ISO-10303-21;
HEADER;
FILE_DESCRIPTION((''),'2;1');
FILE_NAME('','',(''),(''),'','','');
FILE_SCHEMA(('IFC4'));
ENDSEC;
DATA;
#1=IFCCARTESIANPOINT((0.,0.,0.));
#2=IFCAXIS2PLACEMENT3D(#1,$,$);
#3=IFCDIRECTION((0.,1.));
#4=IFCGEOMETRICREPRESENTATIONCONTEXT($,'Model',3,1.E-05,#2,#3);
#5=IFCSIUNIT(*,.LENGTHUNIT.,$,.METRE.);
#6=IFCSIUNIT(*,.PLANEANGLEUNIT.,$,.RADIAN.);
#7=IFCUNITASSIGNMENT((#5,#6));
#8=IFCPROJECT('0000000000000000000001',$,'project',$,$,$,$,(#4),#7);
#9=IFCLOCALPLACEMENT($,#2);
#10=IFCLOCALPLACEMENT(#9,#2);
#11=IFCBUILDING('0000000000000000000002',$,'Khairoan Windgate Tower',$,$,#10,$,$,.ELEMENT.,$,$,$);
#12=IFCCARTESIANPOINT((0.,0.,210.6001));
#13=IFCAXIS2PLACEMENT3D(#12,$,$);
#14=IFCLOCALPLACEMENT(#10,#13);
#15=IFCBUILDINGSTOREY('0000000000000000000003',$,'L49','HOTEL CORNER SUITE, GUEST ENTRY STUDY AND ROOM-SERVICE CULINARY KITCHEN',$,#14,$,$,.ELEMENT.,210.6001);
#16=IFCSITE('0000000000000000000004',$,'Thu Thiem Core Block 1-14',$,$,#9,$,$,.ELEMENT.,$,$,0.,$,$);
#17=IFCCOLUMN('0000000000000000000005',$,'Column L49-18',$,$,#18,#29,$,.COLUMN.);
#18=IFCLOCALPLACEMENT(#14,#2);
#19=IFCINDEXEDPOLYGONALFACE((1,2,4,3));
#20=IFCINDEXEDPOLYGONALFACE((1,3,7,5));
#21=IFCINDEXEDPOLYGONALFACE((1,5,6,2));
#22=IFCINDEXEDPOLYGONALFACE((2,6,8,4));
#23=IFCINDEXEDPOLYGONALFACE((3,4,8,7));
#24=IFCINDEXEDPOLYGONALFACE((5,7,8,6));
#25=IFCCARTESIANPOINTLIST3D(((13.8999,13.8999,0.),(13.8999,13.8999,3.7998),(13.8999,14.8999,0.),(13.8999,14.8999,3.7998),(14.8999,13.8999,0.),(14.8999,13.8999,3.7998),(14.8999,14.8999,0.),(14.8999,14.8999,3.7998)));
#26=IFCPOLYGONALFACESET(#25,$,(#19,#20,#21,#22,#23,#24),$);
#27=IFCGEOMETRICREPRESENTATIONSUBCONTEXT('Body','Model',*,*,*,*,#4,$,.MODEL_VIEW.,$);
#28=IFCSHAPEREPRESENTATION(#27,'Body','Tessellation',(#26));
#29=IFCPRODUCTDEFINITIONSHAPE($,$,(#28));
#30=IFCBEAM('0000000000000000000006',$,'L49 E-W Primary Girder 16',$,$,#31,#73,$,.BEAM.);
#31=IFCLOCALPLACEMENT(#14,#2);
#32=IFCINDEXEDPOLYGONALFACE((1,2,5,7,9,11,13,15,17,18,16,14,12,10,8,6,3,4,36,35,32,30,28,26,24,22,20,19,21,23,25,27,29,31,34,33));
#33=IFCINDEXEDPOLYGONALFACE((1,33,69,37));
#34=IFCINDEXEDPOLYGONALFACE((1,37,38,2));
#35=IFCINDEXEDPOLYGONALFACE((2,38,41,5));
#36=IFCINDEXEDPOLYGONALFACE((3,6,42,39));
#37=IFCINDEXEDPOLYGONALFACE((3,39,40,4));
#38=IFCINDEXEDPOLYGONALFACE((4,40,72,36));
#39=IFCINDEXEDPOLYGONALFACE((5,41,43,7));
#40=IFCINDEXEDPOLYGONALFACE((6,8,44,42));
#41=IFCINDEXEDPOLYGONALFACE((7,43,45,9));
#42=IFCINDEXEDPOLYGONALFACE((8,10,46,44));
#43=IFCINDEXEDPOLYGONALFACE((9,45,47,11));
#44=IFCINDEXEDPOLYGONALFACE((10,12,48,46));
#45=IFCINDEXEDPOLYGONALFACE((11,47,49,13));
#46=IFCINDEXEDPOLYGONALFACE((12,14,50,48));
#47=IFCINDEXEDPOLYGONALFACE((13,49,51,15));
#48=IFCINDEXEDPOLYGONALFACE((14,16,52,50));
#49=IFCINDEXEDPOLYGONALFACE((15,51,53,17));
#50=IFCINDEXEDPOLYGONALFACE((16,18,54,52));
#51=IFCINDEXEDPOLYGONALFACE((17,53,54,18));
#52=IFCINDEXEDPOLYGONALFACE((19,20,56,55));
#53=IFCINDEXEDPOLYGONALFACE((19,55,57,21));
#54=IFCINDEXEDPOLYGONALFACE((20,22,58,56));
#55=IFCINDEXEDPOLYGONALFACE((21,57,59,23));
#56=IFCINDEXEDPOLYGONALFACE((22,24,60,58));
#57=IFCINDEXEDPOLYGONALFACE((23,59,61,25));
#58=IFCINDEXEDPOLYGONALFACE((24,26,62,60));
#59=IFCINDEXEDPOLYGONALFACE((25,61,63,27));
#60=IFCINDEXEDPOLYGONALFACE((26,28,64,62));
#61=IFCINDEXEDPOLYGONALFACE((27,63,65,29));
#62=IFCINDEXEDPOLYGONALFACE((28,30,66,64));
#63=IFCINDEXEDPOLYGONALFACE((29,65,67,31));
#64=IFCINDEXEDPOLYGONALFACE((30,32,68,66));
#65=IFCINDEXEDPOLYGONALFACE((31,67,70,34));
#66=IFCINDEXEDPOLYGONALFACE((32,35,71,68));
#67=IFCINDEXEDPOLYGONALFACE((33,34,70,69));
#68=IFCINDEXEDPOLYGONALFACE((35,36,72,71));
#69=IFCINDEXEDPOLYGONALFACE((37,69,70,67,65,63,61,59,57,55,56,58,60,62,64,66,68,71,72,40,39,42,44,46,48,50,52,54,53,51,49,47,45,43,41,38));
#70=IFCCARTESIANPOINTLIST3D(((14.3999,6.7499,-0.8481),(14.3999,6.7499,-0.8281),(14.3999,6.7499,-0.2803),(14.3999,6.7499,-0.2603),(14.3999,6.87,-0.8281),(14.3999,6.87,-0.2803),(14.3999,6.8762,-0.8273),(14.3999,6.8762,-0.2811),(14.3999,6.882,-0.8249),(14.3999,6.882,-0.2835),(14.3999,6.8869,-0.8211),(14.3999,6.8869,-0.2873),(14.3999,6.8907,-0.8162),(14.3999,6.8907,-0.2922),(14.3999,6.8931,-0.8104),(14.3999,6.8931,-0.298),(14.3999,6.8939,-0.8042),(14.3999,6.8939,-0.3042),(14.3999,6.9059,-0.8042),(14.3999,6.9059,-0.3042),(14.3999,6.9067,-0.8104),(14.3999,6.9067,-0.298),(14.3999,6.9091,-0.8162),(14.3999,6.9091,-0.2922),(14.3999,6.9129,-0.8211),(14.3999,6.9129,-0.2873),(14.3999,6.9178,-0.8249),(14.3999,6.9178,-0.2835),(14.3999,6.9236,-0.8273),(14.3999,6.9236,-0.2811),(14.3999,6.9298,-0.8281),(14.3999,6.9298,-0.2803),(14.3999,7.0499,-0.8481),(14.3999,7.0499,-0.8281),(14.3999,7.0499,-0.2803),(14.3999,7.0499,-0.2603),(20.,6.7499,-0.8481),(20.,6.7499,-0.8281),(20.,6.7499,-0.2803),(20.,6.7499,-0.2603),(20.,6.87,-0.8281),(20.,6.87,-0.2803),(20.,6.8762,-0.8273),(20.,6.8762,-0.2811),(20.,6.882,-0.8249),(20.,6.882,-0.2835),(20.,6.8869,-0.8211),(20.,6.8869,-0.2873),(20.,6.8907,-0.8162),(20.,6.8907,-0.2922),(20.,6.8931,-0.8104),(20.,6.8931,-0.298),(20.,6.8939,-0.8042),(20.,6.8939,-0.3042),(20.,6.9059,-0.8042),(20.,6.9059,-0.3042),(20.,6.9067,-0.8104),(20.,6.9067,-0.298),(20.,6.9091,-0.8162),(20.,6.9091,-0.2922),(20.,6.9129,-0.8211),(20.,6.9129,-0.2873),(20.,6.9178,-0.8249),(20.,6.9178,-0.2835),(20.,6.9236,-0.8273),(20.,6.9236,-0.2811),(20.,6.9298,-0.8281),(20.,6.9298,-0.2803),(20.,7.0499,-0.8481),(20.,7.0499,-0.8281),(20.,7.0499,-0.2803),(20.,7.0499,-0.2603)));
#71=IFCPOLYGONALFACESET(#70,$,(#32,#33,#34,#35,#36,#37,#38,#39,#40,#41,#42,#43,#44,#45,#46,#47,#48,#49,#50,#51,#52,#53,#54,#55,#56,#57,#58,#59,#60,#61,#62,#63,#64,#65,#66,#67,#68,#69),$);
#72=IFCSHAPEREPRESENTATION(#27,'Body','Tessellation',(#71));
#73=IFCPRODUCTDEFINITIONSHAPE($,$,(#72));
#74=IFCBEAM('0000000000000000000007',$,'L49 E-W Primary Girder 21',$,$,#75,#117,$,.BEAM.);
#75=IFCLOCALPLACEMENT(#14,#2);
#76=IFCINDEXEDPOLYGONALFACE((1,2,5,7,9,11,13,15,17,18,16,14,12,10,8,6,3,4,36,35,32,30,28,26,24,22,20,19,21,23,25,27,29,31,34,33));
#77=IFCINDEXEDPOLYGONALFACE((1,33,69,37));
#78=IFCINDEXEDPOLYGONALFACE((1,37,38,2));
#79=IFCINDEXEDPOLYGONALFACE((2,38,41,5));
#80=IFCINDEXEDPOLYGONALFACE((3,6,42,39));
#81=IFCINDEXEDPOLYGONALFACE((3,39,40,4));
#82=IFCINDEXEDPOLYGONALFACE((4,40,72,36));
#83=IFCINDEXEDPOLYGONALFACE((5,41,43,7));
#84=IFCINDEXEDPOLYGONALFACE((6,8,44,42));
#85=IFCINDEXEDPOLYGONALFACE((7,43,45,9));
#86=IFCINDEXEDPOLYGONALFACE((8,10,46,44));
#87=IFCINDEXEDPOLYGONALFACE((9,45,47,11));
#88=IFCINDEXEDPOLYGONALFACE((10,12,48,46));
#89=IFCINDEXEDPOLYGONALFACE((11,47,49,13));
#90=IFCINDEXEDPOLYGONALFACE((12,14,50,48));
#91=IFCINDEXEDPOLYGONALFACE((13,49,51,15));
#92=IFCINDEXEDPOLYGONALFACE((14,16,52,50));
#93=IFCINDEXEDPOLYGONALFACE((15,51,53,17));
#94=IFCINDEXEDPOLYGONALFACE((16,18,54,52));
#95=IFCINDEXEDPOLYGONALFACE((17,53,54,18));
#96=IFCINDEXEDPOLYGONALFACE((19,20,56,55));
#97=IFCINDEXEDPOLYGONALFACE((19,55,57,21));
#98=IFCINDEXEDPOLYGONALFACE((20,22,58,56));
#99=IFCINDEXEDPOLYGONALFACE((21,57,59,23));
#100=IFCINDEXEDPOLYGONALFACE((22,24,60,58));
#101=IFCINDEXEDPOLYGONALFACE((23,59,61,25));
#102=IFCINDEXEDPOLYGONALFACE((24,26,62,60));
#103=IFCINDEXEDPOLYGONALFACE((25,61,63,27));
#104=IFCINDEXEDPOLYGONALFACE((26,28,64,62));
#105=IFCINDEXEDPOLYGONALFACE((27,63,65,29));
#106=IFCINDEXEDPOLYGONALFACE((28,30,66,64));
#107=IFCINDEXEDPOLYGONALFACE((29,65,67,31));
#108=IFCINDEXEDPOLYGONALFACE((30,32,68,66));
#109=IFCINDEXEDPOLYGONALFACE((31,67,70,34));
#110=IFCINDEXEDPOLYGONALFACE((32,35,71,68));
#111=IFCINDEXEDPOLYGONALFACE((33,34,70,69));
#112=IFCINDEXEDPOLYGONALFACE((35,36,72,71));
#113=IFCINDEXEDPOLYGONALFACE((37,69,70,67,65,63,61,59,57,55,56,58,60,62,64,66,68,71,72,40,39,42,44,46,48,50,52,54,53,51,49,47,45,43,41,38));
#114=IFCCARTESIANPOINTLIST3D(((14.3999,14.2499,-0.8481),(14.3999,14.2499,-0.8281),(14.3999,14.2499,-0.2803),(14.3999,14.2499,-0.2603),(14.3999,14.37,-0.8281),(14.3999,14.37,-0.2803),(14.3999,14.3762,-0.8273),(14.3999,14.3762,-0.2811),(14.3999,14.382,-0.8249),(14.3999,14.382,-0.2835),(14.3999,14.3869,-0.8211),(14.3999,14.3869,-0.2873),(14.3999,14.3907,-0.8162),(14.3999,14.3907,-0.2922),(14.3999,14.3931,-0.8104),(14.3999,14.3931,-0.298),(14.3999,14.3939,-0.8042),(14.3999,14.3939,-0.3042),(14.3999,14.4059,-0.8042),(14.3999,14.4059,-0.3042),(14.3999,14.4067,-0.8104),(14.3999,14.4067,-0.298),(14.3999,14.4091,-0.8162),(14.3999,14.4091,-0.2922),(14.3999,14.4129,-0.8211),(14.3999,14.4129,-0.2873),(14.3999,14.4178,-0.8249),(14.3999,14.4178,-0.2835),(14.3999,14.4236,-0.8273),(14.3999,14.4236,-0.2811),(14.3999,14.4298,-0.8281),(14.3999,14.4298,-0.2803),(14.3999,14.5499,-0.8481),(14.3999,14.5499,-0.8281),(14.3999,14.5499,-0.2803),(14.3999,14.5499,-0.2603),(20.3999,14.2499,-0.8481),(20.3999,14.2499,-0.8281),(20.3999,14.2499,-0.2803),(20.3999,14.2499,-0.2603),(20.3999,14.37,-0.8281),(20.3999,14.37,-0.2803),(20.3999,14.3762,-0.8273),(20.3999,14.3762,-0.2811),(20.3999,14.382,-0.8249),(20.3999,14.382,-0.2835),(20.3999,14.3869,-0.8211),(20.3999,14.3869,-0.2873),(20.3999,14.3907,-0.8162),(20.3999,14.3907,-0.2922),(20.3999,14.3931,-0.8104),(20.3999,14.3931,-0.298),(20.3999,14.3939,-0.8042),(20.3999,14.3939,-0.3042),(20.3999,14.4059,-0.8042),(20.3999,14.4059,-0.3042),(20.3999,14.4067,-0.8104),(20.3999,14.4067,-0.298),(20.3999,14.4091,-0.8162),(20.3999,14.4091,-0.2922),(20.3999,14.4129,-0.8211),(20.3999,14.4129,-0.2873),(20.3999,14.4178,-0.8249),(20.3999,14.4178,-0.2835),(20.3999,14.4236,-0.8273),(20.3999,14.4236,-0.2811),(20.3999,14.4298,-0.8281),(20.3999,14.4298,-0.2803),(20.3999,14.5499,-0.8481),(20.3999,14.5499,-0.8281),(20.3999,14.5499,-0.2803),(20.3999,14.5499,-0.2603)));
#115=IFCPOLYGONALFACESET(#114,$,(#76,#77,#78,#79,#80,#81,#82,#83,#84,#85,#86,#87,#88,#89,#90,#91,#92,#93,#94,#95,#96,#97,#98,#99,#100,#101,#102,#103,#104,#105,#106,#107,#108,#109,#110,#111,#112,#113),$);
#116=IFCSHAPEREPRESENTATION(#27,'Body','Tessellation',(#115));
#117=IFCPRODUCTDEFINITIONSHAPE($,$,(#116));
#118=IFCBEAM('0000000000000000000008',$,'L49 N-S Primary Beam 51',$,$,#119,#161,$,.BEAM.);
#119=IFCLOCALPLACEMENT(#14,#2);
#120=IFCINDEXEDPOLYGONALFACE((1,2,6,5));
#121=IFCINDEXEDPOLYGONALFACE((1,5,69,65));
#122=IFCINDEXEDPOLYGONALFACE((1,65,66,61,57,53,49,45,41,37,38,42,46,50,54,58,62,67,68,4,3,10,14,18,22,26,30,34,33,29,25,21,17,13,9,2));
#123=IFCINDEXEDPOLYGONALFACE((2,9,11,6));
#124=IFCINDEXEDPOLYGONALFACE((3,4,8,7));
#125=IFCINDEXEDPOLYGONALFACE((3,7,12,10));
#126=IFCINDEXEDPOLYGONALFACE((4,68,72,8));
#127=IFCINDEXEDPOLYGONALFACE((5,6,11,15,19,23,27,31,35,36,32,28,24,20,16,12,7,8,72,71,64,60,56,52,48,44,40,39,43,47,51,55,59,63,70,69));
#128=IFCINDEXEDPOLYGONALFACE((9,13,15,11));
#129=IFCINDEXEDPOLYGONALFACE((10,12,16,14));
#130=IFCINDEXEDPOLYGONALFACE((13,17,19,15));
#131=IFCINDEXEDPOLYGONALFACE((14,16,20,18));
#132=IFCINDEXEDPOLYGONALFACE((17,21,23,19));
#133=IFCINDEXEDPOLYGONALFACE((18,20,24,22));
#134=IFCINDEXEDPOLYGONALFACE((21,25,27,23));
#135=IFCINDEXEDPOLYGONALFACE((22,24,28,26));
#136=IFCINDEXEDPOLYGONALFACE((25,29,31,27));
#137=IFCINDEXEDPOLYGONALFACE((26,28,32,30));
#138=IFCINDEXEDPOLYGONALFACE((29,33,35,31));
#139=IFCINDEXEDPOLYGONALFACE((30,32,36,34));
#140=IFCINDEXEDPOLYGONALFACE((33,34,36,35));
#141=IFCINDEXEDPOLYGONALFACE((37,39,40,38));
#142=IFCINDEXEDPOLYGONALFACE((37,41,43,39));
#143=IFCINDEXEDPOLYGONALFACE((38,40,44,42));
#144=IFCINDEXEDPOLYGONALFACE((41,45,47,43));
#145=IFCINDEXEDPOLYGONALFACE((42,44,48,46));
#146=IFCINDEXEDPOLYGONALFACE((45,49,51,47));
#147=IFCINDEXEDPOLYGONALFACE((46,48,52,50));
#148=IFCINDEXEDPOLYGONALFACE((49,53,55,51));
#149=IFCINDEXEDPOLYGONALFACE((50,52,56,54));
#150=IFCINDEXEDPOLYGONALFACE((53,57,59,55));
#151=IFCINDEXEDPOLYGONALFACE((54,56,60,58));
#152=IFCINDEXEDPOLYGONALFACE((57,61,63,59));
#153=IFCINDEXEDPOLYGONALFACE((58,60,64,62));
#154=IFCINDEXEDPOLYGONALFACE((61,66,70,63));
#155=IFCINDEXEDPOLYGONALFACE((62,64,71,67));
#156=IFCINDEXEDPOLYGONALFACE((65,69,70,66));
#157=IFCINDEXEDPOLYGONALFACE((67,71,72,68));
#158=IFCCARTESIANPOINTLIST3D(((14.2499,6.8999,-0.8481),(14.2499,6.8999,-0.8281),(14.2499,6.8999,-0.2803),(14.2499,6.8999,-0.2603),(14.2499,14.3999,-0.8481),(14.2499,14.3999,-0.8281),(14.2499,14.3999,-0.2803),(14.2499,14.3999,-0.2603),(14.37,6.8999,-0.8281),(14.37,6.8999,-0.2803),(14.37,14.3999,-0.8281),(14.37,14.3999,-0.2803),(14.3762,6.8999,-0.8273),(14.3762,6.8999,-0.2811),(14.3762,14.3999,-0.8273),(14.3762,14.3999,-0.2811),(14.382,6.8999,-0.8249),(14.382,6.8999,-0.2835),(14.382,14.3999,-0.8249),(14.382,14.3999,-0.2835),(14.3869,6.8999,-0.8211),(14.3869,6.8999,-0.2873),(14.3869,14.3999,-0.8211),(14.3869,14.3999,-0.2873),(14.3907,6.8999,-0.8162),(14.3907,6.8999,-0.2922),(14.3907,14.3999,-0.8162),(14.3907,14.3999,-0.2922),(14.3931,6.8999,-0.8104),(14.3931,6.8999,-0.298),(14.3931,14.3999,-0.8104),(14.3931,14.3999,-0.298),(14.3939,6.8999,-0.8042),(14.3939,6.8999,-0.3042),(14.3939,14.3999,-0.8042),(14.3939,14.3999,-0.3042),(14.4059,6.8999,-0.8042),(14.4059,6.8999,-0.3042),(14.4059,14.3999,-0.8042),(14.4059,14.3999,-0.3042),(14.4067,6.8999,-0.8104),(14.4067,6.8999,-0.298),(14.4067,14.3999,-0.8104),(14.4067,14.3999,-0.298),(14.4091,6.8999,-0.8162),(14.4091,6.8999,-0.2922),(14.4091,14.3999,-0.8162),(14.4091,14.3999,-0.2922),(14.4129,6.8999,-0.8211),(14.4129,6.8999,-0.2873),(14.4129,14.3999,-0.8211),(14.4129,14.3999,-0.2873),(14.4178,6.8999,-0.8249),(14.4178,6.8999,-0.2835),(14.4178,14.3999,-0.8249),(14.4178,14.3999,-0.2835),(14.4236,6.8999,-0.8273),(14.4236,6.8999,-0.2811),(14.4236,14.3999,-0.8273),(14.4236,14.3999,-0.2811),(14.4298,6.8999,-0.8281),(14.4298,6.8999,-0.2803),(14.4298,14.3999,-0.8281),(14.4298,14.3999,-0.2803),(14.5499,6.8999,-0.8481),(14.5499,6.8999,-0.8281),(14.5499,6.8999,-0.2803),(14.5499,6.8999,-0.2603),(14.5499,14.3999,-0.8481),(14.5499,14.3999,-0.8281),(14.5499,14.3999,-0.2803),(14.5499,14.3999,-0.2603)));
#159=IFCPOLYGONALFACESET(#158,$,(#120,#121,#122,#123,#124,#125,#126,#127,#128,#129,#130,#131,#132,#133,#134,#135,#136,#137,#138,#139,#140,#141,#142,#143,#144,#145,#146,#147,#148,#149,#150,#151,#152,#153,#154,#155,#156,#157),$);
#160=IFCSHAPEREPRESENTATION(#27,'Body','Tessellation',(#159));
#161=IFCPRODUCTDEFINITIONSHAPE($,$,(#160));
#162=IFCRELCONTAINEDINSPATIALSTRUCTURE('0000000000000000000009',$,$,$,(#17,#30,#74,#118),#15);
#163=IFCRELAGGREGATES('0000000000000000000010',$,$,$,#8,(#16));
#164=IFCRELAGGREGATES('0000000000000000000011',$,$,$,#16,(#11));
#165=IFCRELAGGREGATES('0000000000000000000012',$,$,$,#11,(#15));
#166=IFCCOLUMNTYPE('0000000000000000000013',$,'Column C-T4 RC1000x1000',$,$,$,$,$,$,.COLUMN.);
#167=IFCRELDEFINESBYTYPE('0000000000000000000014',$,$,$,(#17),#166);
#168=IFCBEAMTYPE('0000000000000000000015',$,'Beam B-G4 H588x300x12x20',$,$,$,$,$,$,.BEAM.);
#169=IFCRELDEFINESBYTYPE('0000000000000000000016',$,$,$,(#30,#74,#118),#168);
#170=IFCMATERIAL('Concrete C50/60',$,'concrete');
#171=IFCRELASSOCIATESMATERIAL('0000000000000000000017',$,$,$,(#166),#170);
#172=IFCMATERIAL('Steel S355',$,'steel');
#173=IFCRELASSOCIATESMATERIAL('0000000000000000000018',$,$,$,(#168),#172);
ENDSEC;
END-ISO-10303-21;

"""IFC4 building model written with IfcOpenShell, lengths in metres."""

from ifc_helpers import new_model, si_unit, direction, frame, origin, origin_2d, place, context, subcontext, project, spatial, rectangle, i_section, extrude, material, material_profile, profile_set, type_object, element, save


model = new_model("IFC4")

# Units and contexts
model_context = context("Model", 3, precision=1e-05, world=origin(), true_north=direction((0.0, 1.0)))
body_context = subcontext(model_context, "Body", "Model", "MODEL_VIEW")
ifc_project = project(units=[si_unit("LENGTHUNIT", "METRE"), si_unit("PLANEANGLEUNIT", "RADIAN")], contexts=[model_context])

# Site, building, storey
site_placement = place(None, origin())
site = spatial("IfcSite", under=ifc_project, at=site_placement, Name="Thu Thiem Core Block 1-14", CompositionType="ELEMENT", RefElevation=0.0)
building_placement = place(site_placement, origin())
building = spatial("IfcBuilding", under=site, at=building_placement, Name="Khairoan Windgate Tower", CompositionType="ELEMENT")
storey_placement = place(building_placement, frame((0.0, 0.0, 210.6001)))
storey = spatial("IfcBuildingStorey", under=building, at=storey_placement, Name="L49", Description="HOTEL CORNER SUITE, GUEST ENTRY STUDY AND ROOM-SERVICE CULINARY KITCHEN", CompositionType="ELEMENT", Elevation=210.6001)

# Column
ifc_material_1 = material(Name="Concrete C50/60", Category="concrete")
ifc_material_profile_1 = material_profile(ifc_material_1, rectangle(XDim=1.0, YDim=1.0, at=origin_2d()))
ifc_profile_set_1 = profile_set([ifc_material_profile_1], Name="Concrete C50/60")
column_type = type_object("IfcColumnType", Name="Column C-T4 RC1000x1000", PredefinedType="COLUMN", material=ifc_profile_set_1)
column_placement = place(storey_placement, frame((14.3999, 14.3999, 0.0), z_axis=(0.0, 0.0, 1.0), x_axis=(1.0, 0.0, 0.0)))
element("IfcColumn", 1, at=column_placement, inside=storey, type_object=column_type, Name="Column L49-18", PredefinedType="COLUMN", context=body_context, shape_type="SweptSolid", body=[
    extrude(rectangle(XDim=1.0, YDim=1.0, at=origin_2d()), origin(), (0.0, 0.0, 1.0), 3.7998),
])

# Beams
ifc_material_2 = material(Name="Steel S355", Category="steel")
ifc_material_profile_2 = material_profile(ifc_material_2, i_section(OverallWidth=0.3, OverallDepth=0.5879, WebThickness=0.012, FlangeThickness=0.02, FilletRadius=0.0239, at=origin_2d()))
ifc_profile_set_2 = profile_set([ifc_material_profile_2], Name="Steel S355")
beam_type_1 = type_object("IfcBeamType", Name="Beam B-G4 H588x300x12x20", PredefinedType="BEAM", material=ifc_profile_set_2)
beam_1_placement = place(storey_placement, frame((14.3999, 6.8999, -0.5542), z_axis=(1.0, 0.0, 0.0), x_axis=(0.0, 1.0, 0.0)))
element("IfcBeam", 2, at=beam_1_placement, inside=storey, type_object=beam_type_1, Name="L49 E-W Primary Girder 16", PredefinedType="BEAM", context=body_context, shape_type="SweptSolid", body=[
    extrude(i_section(OverallWidth=0.3, OverallDepth=0.5879, WebThickness=0.012, FlangeThickness=0.02, FilletRadius=0.0239, at=origin_2d()), origin(), (0.0, 0.0, 1.0), 5.6001),
])
beam_2_placement = place(storey_placement, frame((14.3999, 14.3999, -0.5542), z_axis=(1.0, 0.0, 0.0), x_axis=(0.0, 1.0, 0.0)))
element("IfcBeam", 3, at=beam_2_placement, inside=storey, type_object=beam_type_1, Name="L49 E-W Primary Girder 21", PredefinedType="BEAM", context=body_context, shape_type="SweptSolid", body=[
    extrude(i_section(OverallWidth=0.3, OverallDepth=0.5879, WebThickness=0.012, FlangeThickness=0.02, FilletRadius=0.0239, at=origin_2d()), origin(), (0.0, 0.0, 1.0), 6.0),
])
beam_3_placement = place(storey_placement, frame((14.3999, 6.8999, -0.5542), z_axis=(0.0, 1.0, 0.0), x_axis=(-1.0, 0.0, 0.0)))
element("IfcBeam", 4, at=beam_3_placement, inside=storey, type_object=beam_type_1, Name="L49 N-S Primary Beam 51", PredefinedType="BEAM", context=body_context, shape_type="SweptSolid", body=[
    extrude(i_section(OverallWidth=0.3, OverallDepth=0.5879, WebThickness=0.012, FlangeThickness=0.02, FilletRadius=0.0239, at=origin_2d()), origin(), (0.0, 0.0, 1.0), 7.5),
])

save(model, "model.ifc")
